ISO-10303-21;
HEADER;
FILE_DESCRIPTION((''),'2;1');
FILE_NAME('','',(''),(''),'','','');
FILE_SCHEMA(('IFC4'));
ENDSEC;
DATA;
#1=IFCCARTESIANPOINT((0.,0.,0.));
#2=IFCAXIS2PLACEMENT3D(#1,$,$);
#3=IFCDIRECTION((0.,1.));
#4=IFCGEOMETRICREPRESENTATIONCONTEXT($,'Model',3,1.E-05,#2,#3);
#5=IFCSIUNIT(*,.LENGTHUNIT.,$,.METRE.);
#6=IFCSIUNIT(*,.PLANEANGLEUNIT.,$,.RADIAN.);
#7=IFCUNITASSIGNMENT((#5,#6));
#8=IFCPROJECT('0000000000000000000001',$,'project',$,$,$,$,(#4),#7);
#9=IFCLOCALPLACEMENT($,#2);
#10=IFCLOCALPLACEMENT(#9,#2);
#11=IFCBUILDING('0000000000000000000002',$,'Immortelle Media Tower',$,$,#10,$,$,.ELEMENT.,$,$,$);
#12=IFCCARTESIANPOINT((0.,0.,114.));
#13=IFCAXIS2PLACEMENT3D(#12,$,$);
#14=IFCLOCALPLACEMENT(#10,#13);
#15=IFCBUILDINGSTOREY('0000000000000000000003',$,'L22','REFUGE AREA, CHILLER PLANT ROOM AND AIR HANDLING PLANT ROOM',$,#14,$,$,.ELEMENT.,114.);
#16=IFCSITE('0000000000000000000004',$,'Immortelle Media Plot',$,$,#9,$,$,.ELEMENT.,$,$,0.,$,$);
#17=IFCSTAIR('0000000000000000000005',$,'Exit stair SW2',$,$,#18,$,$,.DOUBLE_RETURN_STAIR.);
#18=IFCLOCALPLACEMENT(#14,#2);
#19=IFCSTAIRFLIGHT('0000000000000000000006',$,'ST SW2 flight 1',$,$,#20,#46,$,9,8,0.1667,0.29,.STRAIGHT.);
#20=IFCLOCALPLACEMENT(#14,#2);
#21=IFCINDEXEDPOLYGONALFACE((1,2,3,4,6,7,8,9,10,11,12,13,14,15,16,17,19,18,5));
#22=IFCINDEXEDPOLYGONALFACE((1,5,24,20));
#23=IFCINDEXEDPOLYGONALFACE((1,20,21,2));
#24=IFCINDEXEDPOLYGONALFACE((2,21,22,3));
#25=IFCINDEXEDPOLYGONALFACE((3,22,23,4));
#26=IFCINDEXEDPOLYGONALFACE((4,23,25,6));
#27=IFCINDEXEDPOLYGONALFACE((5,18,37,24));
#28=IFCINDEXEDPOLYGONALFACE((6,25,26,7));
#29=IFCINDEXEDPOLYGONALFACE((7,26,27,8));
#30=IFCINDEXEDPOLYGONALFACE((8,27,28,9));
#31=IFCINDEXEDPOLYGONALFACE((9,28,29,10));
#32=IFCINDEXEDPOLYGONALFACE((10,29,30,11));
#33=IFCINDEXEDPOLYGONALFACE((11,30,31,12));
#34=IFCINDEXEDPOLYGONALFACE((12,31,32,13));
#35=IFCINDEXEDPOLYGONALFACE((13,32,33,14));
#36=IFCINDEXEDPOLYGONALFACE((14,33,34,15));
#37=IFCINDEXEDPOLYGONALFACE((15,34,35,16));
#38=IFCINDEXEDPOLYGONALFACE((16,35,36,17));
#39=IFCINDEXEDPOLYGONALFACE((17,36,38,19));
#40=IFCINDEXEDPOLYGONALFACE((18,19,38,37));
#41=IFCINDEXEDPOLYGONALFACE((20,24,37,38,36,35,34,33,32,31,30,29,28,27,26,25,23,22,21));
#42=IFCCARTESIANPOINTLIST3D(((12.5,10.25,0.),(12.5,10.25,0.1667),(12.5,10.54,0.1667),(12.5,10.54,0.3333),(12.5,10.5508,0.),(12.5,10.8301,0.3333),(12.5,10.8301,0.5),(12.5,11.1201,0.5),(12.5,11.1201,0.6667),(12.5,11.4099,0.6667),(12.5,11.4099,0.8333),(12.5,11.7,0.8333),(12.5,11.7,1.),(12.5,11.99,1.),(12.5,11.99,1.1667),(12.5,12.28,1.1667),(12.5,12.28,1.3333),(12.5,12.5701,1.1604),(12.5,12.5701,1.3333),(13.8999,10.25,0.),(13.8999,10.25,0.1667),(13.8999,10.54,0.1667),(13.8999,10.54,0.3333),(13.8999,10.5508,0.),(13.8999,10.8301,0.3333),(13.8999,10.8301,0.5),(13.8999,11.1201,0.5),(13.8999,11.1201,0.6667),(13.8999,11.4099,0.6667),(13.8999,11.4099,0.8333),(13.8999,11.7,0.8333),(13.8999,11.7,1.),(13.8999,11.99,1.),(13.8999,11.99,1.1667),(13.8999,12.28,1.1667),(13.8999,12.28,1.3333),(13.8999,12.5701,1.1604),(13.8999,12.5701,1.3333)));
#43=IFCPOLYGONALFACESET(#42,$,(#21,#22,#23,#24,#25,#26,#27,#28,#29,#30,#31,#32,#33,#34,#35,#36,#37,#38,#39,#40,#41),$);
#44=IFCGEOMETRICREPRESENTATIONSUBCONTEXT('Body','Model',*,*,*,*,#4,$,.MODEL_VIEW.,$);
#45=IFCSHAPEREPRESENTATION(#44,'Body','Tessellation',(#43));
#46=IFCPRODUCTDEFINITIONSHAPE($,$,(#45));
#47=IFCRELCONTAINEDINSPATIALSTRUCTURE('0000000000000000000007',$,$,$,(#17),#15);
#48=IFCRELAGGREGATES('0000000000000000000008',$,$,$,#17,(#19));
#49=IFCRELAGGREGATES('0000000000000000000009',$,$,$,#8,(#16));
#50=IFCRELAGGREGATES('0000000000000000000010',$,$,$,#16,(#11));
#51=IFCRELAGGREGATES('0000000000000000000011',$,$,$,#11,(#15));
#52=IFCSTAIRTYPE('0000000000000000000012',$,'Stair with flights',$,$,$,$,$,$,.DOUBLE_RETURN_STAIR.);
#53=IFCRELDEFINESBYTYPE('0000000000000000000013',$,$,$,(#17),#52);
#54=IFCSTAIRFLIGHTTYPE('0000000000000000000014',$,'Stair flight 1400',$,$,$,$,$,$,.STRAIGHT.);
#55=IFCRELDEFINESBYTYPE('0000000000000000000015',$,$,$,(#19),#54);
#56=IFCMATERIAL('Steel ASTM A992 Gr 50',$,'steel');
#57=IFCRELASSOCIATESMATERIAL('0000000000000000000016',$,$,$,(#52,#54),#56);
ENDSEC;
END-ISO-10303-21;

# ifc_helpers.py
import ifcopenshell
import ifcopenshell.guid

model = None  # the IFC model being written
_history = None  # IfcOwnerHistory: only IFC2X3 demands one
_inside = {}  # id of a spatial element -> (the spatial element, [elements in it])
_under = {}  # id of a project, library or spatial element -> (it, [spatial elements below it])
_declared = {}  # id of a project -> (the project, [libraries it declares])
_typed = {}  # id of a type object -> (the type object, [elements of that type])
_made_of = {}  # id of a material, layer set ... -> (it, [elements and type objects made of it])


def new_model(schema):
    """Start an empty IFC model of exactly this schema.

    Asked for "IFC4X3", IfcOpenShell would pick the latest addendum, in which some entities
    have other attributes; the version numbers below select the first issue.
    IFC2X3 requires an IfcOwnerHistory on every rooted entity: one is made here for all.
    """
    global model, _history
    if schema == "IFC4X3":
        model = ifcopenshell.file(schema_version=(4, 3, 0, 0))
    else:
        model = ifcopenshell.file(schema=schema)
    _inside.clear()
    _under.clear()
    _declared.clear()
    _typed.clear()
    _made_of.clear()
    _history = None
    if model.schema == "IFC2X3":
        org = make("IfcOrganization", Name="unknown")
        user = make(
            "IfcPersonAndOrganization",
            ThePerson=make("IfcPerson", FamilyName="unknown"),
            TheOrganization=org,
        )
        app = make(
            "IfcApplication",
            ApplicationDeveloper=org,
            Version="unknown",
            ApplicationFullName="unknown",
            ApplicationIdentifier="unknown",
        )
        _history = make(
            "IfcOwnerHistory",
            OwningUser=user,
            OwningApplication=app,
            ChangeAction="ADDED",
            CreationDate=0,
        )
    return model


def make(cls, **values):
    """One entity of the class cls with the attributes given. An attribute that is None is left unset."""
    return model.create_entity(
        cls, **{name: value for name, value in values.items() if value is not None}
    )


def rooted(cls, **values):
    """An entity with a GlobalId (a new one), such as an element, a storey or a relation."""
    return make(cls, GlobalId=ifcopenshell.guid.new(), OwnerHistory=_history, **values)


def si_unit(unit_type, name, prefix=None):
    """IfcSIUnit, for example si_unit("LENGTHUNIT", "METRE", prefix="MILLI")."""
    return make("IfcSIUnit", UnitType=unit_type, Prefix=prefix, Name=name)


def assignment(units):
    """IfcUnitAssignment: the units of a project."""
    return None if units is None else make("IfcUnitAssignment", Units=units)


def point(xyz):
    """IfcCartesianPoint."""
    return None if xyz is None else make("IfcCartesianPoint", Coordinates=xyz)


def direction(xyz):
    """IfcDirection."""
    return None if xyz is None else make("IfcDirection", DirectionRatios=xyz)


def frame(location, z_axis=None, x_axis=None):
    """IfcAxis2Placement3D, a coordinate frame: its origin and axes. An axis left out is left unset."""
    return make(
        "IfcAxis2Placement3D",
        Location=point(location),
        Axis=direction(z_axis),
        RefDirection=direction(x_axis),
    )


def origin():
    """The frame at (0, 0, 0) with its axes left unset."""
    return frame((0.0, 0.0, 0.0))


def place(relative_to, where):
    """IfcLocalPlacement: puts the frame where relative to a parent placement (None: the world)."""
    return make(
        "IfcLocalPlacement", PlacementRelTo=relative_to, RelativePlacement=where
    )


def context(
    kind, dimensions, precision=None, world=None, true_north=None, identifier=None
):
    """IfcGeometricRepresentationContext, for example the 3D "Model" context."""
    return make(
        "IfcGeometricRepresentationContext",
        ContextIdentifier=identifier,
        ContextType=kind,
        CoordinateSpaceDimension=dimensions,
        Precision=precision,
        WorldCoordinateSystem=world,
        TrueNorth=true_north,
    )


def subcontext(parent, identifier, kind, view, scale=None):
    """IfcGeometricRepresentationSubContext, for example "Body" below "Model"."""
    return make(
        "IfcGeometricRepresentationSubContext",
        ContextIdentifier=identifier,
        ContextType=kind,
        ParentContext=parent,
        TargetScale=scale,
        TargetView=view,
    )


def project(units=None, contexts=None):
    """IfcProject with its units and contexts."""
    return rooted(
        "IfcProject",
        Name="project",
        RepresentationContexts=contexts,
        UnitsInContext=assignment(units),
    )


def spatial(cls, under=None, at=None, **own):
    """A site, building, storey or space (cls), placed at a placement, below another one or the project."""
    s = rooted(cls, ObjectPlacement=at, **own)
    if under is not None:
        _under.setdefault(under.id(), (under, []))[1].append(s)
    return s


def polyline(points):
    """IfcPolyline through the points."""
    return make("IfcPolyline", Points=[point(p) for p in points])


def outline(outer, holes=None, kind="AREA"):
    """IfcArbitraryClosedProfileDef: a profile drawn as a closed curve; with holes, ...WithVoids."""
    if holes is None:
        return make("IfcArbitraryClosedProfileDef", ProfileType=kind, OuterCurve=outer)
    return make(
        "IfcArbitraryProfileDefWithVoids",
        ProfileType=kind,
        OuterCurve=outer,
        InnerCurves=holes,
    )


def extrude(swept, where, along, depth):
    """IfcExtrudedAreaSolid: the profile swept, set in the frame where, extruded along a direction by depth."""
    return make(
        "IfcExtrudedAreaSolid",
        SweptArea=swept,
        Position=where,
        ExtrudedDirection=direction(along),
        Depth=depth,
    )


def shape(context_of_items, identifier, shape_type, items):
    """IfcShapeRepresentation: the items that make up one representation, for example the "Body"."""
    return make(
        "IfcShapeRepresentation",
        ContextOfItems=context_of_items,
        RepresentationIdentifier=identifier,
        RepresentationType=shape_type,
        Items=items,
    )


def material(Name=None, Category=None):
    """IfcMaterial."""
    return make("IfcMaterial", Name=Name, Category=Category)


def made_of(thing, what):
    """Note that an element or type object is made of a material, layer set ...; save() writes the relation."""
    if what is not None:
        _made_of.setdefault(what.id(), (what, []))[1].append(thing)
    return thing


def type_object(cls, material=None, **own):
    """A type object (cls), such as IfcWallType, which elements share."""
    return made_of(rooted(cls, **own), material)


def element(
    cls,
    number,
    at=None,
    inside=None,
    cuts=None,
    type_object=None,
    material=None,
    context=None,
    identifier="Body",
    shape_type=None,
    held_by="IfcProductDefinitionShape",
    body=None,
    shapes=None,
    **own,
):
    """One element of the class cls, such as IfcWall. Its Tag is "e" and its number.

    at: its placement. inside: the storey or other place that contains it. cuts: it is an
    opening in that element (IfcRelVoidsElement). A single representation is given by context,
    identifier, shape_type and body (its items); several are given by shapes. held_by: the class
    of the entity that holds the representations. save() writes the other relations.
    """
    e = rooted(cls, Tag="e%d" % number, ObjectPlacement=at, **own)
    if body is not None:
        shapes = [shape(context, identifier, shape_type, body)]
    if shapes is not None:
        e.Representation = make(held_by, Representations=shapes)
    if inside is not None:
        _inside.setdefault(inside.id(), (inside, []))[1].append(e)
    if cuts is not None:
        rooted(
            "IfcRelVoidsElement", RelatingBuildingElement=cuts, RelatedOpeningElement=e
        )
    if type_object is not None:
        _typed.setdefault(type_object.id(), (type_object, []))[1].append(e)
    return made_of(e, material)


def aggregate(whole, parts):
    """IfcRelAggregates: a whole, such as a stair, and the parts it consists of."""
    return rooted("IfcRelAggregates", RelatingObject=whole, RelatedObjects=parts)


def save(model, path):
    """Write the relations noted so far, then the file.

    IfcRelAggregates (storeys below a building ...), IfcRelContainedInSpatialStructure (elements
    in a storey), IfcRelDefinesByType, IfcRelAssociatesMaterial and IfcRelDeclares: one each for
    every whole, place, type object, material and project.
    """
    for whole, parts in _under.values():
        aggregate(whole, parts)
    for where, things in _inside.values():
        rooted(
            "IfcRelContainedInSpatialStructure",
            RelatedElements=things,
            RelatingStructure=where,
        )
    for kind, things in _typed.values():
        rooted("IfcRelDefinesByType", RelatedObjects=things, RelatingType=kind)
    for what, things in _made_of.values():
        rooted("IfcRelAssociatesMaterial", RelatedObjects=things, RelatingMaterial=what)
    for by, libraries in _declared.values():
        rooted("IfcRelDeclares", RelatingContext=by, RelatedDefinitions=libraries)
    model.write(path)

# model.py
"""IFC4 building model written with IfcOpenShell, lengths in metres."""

from ifc_helpers import new_model, si_unit, direction, frame, origin, place, context, subcontext, project, spatial, polyline, outline, extrude, material, type_object, element, aggregate, save


model = new_model("IFC4")

# Units and contexts
model_context = context("Model", 3, precision=1e-05, world=origin(), true_north=direction((0.0, 1.0)))
body_context = subcontext(model_context, "Body", "Model", "MODEL_VIEW")
ifc_project = project(units=[si_unit("LENGTHUNIT", "METRE"), si_unit("PLANEANGLEUNIT", "RADIAN")], contexts=[model_context])

# Site, building, storey
site_placement = place(None, origin())
site = spatial("IfcSite", under=ifc_project, at=site_placement, Name="Immortelle Media Plot", CompositionType="ELEMENT", RefElevation=0.0)
building_placement = place(site_placement, origin())
building = spatial("IfcBuilding", under=site, at=building_placement, Name="Immortelle Media Tower", CompositionType="ELEMENT")
storey_placement = place(building_placement, frame((0.0, 0.0, 114.0)))
storey = spatial("IfcBuildingStorey", under=building, at=storey_placement, Name="L22", Description="REFUGE AREA, CHILLER PLANT ROOM AND AIR HANDLING PLANT ROOM", CompositionType="ELEMENT", Elevation=114.0)

# Shared definitions
ifc_material_1 = material(Name="Steel ASTM A992 Gr 50", Category="steel")

# Shared definitions
stair_type = type_object("IfcStairType", Name="Stair with flights", PredefinedType="DOUBLE_RETURN_STAIR", material=ifc_material_1)
stair_flight_type = type_object("IfcStairFlightType", Name="Stair flight 1400", PredefinedType="STRAIGHT", material=ifc_material_1)

# Stair, stair flight
stair_1_placement = place(storey_placement, origin())
stair_1 = element("IfcStair", 1, at=stair_1_placement, inside=storey, type_object=stair_type, Name="Exit stair SW2", PredefinedType="DOUBLE_RETURN_STAIR")
stair_flight_1_placement = place(storey_placement, frame((13.2, 10.25, 0.0), z_axis=(0.0, 0.0, 1.0), x_axis=(0.0, 1.0, 0.0)))
stair_flight_1 = element("IfcStairFlight", 2, at=stair_flight_1_placement, type_object=stair_flight_type, Name="ST SW2 flight 1", NumberOfRisers=9, NumberOfTreads=8, PredefinedType="STRAIGHT", RiserHeight=0.1667, TreadLength=0.29, context=body_context, shape_type="SweptSolid", body=[
    extrude(outline(polyline([(0.0, 0.0), (0.0, 0.1667), (0.29, 0.1667), (0.29, 0.3333), (0.5801, 0.3333), (0.5801, 0.5), (0.8701, 0.5), (0.8701, 0.6667), (1.1599, 0.6667), (1.1599, 0.8333), (1.45, 0.8333), (1.45, 1.0), (1.74, 1.0), (1.74, 1.1667), (2.03, 1.1667), (2.03, 1.3333), (2.3201, 1.3333), (2.3201, 1.5), (2.3201, 1.1604), (0.3008, 0.0), (0.0, 0.0)])), frame((0.0, 0.7, 0.0), z_axis=(0.0, -1.0, 0.0), x_axis=(1.0, 0.0, 0.0)), (0.0, 0.0, 1.0), 1.3999),
])
aggregate(stair_1, [stair_flight_1])

save(model, "model.ifc")
